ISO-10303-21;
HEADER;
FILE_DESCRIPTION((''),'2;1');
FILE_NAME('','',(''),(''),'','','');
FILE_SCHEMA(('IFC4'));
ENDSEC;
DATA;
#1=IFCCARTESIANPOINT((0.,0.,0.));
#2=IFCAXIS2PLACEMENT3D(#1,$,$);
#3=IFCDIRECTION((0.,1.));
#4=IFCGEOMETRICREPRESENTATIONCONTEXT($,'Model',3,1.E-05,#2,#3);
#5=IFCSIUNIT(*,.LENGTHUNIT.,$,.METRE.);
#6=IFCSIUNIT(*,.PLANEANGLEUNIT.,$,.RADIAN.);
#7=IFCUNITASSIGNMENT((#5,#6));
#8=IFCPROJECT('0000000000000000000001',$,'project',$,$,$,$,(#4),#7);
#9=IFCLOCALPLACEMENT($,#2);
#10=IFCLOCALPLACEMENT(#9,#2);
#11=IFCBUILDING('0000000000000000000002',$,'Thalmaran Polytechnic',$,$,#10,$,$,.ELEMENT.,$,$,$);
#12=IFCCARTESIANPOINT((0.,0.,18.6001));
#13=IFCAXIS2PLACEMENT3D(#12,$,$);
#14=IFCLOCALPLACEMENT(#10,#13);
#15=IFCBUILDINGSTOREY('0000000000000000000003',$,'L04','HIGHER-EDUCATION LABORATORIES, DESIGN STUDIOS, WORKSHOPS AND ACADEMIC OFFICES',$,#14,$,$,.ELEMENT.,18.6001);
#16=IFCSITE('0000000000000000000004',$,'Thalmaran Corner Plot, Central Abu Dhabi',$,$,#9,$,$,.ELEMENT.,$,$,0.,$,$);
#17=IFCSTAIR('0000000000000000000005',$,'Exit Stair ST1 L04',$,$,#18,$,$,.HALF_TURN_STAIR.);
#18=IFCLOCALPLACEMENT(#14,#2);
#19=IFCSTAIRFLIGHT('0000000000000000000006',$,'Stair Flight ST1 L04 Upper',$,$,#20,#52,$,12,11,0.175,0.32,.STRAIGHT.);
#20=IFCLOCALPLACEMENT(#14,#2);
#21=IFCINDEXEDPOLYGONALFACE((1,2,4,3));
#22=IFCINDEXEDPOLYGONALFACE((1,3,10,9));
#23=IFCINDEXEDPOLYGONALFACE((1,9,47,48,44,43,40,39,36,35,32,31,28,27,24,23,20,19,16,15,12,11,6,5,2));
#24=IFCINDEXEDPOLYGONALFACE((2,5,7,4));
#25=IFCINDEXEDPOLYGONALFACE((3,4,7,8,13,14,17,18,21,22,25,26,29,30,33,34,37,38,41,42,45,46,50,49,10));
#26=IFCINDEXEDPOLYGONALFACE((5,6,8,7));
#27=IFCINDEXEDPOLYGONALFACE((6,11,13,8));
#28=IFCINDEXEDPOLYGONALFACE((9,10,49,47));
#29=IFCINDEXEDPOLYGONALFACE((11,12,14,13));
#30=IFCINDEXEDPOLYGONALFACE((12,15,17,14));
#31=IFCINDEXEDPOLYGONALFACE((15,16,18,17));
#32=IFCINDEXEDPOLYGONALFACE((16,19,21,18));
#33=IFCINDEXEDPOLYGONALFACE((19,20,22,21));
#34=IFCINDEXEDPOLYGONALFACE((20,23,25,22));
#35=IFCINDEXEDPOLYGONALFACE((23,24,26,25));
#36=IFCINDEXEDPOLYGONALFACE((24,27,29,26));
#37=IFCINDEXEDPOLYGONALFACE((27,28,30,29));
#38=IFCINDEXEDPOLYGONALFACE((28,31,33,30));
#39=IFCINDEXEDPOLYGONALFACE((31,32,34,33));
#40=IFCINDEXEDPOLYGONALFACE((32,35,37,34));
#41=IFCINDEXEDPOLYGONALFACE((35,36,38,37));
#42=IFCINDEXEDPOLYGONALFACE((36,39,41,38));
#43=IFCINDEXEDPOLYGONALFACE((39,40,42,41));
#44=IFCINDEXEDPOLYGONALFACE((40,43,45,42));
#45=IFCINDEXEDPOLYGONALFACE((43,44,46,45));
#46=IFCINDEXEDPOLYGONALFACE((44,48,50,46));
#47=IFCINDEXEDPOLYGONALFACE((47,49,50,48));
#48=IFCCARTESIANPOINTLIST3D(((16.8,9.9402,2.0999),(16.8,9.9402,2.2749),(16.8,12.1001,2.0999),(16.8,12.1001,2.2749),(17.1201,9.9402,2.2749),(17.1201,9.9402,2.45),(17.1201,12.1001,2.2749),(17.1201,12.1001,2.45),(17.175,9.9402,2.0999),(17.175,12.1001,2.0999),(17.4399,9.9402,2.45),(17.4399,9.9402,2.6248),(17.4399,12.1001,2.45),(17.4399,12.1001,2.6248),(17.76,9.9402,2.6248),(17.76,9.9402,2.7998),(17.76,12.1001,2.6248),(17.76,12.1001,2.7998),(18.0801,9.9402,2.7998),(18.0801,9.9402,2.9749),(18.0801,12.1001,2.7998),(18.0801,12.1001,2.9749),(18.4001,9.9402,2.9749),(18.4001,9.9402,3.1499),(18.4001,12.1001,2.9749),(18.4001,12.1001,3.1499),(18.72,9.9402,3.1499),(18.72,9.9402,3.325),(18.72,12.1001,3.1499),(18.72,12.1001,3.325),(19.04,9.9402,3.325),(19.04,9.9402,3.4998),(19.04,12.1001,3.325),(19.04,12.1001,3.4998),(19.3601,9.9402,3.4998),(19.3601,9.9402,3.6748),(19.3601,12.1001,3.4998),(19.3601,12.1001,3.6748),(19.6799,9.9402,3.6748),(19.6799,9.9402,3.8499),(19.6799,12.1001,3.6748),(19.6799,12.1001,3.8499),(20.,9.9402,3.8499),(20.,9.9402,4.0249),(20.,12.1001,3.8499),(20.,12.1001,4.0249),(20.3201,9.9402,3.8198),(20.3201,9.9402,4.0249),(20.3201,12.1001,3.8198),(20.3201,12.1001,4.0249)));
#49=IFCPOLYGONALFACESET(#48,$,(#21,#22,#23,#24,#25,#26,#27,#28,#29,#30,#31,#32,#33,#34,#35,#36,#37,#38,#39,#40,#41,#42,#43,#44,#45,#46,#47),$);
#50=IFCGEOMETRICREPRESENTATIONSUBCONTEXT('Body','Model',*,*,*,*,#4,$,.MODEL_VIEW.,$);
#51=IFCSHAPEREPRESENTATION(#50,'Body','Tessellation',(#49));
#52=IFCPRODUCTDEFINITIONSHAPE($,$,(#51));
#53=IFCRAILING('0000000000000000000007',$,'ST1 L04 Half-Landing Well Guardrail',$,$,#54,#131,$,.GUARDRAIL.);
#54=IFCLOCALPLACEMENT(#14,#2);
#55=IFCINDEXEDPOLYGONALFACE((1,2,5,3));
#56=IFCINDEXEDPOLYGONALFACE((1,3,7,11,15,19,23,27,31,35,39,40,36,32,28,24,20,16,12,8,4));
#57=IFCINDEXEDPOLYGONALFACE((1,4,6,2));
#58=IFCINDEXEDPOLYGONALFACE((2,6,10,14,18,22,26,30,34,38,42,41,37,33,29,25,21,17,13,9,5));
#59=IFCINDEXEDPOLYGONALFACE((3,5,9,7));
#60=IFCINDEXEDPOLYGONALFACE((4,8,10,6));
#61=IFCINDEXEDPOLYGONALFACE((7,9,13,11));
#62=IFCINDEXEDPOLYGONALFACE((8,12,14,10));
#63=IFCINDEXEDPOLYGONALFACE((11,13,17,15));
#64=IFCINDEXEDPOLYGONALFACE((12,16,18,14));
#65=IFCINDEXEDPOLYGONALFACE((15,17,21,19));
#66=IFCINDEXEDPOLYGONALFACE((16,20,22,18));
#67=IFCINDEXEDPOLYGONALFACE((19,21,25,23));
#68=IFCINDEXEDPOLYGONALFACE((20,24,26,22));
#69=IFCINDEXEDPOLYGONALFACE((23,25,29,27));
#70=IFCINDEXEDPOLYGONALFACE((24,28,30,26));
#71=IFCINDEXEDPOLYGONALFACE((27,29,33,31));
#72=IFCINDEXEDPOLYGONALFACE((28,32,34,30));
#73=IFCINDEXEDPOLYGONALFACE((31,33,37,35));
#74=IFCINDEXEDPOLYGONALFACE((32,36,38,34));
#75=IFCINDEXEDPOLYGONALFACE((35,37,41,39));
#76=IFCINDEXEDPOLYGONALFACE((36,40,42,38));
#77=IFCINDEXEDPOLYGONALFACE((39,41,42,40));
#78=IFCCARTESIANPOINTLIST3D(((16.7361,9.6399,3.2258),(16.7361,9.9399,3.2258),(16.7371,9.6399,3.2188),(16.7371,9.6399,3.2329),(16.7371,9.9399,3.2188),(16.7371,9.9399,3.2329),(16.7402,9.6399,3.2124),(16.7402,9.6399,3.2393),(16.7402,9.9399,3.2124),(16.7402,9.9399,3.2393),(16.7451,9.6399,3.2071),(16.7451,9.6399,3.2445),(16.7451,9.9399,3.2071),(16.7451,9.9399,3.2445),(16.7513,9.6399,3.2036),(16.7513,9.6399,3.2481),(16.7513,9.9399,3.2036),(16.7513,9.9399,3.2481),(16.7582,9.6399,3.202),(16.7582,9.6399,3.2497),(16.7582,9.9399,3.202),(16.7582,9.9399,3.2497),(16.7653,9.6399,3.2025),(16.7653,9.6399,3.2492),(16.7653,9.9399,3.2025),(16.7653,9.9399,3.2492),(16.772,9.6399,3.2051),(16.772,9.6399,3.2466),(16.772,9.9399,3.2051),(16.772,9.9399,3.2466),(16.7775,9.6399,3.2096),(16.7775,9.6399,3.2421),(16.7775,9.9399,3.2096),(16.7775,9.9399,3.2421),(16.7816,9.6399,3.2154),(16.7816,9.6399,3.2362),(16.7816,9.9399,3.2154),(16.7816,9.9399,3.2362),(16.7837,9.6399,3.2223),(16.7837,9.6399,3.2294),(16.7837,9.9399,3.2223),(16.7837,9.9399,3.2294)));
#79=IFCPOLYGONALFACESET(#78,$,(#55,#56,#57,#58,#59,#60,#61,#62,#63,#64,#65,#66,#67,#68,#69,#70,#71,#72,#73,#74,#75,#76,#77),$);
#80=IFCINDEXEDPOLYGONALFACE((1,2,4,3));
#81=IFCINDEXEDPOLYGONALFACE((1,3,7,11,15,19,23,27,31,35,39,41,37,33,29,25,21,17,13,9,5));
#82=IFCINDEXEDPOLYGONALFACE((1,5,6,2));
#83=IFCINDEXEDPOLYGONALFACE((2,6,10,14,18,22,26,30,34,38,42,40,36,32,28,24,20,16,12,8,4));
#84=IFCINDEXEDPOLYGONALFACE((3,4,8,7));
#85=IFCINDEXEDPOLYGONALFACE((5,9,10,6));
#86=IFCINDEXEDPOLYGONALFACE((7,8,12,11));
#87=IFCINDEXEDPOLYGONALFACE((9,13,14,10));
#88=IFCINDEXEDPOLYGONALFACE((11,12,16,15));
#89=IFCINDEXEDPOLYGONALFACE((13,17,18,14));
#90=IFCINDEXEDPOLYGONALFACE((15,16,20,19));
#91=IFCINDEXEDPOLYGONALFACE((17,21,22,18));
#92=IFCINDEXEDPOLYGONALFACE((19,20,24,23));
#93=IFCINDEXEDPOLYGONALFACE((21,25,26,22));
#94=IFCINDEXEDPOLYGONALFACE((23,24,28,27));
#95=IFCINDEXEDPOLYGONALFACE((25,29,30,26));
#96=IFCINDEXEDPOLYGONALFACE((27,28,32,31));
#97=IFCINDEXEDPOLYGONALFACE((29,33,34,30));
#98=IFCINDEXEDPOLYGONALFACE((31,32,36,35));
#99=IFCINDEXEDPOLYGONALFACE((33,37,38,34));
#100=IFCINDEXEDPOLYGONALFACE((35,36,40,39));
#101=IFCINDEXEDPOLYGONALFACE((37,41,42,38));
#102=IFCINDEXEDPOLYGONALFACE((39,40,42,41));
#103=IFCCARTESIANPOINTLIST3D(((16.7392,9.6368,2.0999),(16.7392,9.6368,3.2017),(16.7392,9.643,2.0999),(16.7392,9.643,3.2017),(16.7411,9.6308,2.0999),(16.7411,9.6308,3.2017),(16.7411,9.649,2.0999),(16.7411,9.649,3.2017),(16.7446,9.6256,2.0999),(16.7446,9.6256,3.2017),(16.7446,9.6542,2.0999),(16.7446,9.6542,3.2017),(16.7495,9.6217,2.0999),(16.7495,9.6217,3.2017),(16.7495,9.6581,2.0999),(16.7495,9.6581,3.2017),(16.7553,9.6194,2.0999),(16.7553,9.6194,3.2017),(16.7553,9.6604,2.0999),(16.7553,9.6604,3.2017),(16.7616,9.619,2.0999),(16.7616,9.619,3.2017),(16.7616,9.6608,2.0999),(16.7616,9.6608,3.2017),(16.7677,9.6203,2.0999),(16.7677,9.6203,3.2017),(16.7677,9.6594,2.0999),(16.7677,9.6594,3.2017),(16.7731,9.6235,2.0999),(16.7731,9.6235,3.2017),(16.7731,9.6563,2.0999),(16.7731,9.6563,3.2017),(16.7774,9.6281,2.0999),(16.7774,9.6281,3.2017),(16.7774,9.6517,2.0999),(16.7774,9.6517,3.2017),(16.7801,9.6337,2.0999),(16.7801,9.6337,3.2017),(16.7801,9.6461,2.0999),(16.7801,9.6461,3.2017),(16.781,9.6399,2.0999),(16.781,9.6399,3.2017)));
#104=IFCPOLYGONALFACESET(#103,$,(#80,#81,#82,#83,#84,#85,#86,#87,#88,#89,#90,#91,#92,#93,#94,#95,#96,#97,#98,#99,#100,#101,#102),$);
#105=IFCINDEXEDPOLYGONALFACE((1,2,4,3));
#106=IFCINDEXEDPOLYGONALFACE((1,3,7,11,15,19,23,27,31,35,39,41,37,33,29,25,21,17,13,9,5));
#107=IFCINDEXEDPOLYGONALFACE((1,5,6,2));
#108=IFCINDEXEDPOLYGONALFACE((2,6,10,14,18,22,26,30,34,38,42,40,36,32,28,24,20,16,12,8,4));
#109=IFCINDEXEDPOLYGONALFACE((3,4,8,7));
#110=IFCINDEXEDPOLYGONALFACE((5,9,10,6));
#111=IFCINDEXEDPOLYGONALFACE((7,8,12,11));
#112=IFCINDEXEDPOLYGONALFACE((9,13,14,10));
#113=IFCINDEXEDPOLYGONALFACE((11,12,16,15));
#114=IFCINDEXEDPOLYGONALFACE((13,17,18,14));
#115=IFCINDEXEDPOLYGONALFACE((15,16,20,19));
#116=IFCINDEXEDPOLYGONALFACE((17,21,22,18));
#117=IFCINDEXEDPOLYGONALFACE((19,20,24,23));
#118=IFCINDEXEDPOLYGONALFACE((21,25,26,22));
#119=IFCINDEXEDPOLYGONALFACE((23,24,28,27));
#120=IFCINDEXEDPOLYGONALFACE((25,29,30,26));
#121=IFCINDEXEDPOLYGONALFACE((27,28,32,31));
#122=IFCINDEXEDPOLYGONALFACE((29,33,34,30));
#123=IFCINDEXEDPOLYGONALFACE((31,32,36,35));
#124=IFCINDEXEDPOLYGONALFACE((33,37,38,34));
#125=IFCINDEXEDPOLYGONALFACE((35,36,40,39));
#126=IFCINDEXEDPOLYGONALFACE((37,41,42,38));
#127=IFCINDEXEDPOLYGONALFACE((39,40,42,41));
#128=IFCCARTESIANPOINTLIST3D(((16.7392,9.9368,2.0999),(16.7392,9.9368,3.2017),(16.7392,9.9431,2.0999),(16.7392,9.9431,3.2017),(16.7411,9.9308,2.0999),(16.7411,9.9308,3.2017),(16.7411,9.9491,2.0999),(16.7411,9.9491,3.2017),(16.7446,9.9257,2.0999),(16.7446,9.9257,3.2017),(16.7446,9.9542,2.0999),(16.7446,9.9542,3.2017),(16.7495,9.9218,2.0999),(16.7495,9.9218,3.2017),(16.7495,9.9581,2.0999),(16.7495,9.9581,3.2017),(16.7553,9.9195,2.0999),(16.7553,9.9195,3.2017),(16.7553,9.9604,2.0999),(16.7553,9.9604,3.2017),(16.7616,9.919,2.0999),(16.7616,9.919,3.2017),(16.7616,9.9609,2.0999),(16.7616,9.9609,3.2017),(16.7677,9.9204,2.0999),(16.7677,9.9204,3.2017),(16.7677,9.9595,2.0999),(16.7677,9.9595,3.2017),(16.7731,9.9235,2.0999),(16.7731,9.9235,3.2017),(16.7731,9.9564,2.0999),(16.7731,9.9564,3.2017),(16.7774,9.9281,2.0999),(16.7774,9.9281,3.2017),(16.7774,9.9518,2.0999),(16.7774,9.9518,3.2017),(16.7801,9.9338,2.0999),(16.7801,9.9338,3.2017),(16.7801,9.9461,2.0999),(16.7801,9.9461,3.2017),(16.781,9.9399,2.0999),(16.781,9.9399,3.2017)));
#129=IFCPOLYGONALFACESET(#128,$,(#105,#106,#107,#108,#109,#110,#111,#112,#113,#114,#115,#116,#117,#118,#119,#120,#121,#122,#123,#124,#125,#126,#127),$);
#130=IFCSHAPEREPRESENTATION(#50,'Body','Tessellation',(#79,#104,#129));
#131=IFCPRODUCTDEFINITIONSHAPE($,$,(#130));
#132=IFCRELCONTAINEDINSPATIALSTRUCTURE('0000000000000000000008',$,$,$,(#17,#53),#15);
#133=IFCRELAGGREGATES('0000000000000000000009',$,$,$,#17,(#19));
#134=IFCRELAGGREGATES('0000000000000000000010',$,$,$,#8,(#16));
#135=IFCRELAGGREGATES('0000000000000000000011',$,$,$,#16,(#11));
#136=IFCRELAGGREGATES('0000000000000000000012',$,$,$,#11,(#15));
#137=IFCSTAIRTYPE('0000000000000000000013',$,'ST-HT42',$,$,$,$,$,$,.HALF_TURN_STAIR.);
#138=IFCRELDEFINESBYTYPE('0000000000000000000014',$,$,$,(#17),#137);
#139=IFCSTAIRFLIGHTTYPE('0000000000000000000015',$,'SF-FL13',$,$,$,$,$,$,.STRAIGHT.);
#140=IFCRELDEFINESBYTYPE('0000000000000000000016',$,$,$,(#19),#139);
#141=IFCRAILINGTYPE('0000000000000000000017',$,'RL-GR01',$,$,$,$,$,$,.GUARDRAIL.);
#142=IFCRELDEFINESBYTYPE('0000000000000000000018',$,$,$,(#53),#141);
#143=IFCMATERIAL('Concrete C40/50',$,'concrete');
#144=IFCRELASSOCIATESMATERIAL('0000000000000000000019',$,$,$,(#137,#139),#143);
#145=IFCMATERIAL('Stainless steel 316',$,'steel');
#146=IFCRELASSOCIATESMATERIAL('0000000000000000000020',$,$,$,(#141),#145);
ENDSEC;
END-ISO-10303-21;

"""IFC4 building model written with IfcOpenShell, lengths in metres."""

from ifc_helpers import new_model, si_unit, direction, frame, origin, origin_2d, place, context, subcontext, project, spatial, polyline, circle, outline, extrude, material, type_object, element, aggregate, save


model = new_model("IFC4")

# Units and contexts
model_context = context("Model", 3, precision=1e-05, world=origin(), true_north=direction((0.0, 1.0)))
body_context = subcontext(model_context, "Body", "Model", "MODEL_VIEW")
ifc_project = project(units=[si_unit("LENGTHUNIT", "METRE"), si_unit("PLANEANGLEUNIT", "RADIAN")], contexts=[model_context])

# Site, building, storey
site_placement = place(None, origin())
site = spatial("IfcSite", under=ifc_project, at=site_placement, Name="Thalmaran Corner Plot, Central Abu Dhabi", CompositionType="ELEMENT", RefElevation=0.0)
building_placement = place(site_placement, origin())
building = spatial("IfcBuilding", under=site, at=building_placement, Name="Thalmaran Polytechnic", CompositionType="ELEMENT")
storey_placement = place(building_placement, frame((0.0, 0.0, 18.6001)))
storey = spatial("IfcBuildingStorey", under=building, at=storey_placement, Name="L04", Description="HIGHER-EDUCATION LABORATORIES, DESIGN STUDIOS, WORKSHOPS AND ACADEMIC OFFICES", CompositionType="ELEMENT", Elevation=18.6001)

# Shared definitions
ifc_material_1 = material(Name="Concrete C40/50", Category="concrete")

# Stair, stair flight
stair_type = type_object("IfcStairType", Name="ST-HT42", PredefinedType="HALF_TURN_STAIR", material=ifc_material_1)
stair_placement = place(storey_placement, origin())
stair = element("IfcStair", 1, at=stair_placement, inside=storey, type_object=stair_type, Name="Exit Stair ST1 L04", PredefinedType="HALF_TURN_STAIR")
stair_flight_type = type_object("IfcStairFlightType", Name="SF-FL13", PredefinedType="STRAIGHT", material=ifc_material_1)
stair_flight_placement = place(storey_placement, frame((16.8, 11.02, 2.0999), z_axis=(0.0, 0.0, 1.0), x_axis=(1.0, 0.0, 0.0)))
stair_flight = element("IfcStairFlight", 2, at=stair_flight_placement, type_object=stair_flight_type, Name="Stair Flight ST1 L04 Upper", NumberOfRisers=12, NumberOfTreads=11, PredefinedType="STRAIGHT", RiserHeight=0.175, TreadLength=0.32, context=body_context, shape_type="SweptSolid", body=[
    extrude(outline(polyline([(0.0, 0.0), (0.0, 0.175), (0.3201, 0.175), (0.3201, 0.3501), (0.6399, 0.3501), (0.6399, 0.5249), (0.96, 0.5249), (0.96, 0.7), (1.28, 0.7), (1.28, 0.875), (1.6001, 0.875), (1.6001, 1.05), (1.9199, 1.05), (1.9199, 1.2251), (2.24, 1.2251), (2.24, 1.3999), (2.5601, 1.3999), (2.5601, 1.575), (2.8799, 1.575), (2.8799, 1.75), (3.2, 1.75), (3.2, 1.925), (3.52, 1.925), (3.52, 2.1001), (3.52, 1.72), (0.375, 0.0), (0.0, 0.0)])), frame((0.0, 1.0801, 0.0), z_axis=(0.0, -1.0, 0.0), x_axis=(1.0, 0.0, 0.0)), (0.0, 0.0, 1.0), 2.1599),
])
aggregate(stair, [stair_flight])

# Railing
ifc_material_2 = material(Name="Stainless steel 316", Category="steel")
railing_type_1 = type_object("IfcRailingType", Name="RL-GR01", PredefinedType="GUARDRAIL", material=ifc_material_2)
railing_1_placement = place(storey_placement, frame((16.76, 9.6399, 2.0999)))
element("IfcRailing", 3, at=railing_1_placement, inside=storey, type_object=railing_type_1, Name="ST1 L04 Half-Landing Well Guardrail", PredefinedType="GUARDRAIL", context=body_context, shape_type="SweptSolid", body=[
    extrude(circle(Radius=0.0239, at=origin_2d()), frame((0.0, 0.0, 1.126), z_axis=(0.0, 1.0, 0.0), x_axis=(-1.0, 0.0, 0.0)), (0.0, 0.0, 1.0), 0.3),
    extrude(circle(Radius=0.021, at=origin_2d()), origin(), (0.0, 0.0, 1.0), 1.1018),
    extrude(circle(Radius=0.021, at=origin_2d()), frame((0.0, 0.3, 0.0)), (0.0, 0.0, 1.0), 1.1018),
])

save(model, "model.ifc")
